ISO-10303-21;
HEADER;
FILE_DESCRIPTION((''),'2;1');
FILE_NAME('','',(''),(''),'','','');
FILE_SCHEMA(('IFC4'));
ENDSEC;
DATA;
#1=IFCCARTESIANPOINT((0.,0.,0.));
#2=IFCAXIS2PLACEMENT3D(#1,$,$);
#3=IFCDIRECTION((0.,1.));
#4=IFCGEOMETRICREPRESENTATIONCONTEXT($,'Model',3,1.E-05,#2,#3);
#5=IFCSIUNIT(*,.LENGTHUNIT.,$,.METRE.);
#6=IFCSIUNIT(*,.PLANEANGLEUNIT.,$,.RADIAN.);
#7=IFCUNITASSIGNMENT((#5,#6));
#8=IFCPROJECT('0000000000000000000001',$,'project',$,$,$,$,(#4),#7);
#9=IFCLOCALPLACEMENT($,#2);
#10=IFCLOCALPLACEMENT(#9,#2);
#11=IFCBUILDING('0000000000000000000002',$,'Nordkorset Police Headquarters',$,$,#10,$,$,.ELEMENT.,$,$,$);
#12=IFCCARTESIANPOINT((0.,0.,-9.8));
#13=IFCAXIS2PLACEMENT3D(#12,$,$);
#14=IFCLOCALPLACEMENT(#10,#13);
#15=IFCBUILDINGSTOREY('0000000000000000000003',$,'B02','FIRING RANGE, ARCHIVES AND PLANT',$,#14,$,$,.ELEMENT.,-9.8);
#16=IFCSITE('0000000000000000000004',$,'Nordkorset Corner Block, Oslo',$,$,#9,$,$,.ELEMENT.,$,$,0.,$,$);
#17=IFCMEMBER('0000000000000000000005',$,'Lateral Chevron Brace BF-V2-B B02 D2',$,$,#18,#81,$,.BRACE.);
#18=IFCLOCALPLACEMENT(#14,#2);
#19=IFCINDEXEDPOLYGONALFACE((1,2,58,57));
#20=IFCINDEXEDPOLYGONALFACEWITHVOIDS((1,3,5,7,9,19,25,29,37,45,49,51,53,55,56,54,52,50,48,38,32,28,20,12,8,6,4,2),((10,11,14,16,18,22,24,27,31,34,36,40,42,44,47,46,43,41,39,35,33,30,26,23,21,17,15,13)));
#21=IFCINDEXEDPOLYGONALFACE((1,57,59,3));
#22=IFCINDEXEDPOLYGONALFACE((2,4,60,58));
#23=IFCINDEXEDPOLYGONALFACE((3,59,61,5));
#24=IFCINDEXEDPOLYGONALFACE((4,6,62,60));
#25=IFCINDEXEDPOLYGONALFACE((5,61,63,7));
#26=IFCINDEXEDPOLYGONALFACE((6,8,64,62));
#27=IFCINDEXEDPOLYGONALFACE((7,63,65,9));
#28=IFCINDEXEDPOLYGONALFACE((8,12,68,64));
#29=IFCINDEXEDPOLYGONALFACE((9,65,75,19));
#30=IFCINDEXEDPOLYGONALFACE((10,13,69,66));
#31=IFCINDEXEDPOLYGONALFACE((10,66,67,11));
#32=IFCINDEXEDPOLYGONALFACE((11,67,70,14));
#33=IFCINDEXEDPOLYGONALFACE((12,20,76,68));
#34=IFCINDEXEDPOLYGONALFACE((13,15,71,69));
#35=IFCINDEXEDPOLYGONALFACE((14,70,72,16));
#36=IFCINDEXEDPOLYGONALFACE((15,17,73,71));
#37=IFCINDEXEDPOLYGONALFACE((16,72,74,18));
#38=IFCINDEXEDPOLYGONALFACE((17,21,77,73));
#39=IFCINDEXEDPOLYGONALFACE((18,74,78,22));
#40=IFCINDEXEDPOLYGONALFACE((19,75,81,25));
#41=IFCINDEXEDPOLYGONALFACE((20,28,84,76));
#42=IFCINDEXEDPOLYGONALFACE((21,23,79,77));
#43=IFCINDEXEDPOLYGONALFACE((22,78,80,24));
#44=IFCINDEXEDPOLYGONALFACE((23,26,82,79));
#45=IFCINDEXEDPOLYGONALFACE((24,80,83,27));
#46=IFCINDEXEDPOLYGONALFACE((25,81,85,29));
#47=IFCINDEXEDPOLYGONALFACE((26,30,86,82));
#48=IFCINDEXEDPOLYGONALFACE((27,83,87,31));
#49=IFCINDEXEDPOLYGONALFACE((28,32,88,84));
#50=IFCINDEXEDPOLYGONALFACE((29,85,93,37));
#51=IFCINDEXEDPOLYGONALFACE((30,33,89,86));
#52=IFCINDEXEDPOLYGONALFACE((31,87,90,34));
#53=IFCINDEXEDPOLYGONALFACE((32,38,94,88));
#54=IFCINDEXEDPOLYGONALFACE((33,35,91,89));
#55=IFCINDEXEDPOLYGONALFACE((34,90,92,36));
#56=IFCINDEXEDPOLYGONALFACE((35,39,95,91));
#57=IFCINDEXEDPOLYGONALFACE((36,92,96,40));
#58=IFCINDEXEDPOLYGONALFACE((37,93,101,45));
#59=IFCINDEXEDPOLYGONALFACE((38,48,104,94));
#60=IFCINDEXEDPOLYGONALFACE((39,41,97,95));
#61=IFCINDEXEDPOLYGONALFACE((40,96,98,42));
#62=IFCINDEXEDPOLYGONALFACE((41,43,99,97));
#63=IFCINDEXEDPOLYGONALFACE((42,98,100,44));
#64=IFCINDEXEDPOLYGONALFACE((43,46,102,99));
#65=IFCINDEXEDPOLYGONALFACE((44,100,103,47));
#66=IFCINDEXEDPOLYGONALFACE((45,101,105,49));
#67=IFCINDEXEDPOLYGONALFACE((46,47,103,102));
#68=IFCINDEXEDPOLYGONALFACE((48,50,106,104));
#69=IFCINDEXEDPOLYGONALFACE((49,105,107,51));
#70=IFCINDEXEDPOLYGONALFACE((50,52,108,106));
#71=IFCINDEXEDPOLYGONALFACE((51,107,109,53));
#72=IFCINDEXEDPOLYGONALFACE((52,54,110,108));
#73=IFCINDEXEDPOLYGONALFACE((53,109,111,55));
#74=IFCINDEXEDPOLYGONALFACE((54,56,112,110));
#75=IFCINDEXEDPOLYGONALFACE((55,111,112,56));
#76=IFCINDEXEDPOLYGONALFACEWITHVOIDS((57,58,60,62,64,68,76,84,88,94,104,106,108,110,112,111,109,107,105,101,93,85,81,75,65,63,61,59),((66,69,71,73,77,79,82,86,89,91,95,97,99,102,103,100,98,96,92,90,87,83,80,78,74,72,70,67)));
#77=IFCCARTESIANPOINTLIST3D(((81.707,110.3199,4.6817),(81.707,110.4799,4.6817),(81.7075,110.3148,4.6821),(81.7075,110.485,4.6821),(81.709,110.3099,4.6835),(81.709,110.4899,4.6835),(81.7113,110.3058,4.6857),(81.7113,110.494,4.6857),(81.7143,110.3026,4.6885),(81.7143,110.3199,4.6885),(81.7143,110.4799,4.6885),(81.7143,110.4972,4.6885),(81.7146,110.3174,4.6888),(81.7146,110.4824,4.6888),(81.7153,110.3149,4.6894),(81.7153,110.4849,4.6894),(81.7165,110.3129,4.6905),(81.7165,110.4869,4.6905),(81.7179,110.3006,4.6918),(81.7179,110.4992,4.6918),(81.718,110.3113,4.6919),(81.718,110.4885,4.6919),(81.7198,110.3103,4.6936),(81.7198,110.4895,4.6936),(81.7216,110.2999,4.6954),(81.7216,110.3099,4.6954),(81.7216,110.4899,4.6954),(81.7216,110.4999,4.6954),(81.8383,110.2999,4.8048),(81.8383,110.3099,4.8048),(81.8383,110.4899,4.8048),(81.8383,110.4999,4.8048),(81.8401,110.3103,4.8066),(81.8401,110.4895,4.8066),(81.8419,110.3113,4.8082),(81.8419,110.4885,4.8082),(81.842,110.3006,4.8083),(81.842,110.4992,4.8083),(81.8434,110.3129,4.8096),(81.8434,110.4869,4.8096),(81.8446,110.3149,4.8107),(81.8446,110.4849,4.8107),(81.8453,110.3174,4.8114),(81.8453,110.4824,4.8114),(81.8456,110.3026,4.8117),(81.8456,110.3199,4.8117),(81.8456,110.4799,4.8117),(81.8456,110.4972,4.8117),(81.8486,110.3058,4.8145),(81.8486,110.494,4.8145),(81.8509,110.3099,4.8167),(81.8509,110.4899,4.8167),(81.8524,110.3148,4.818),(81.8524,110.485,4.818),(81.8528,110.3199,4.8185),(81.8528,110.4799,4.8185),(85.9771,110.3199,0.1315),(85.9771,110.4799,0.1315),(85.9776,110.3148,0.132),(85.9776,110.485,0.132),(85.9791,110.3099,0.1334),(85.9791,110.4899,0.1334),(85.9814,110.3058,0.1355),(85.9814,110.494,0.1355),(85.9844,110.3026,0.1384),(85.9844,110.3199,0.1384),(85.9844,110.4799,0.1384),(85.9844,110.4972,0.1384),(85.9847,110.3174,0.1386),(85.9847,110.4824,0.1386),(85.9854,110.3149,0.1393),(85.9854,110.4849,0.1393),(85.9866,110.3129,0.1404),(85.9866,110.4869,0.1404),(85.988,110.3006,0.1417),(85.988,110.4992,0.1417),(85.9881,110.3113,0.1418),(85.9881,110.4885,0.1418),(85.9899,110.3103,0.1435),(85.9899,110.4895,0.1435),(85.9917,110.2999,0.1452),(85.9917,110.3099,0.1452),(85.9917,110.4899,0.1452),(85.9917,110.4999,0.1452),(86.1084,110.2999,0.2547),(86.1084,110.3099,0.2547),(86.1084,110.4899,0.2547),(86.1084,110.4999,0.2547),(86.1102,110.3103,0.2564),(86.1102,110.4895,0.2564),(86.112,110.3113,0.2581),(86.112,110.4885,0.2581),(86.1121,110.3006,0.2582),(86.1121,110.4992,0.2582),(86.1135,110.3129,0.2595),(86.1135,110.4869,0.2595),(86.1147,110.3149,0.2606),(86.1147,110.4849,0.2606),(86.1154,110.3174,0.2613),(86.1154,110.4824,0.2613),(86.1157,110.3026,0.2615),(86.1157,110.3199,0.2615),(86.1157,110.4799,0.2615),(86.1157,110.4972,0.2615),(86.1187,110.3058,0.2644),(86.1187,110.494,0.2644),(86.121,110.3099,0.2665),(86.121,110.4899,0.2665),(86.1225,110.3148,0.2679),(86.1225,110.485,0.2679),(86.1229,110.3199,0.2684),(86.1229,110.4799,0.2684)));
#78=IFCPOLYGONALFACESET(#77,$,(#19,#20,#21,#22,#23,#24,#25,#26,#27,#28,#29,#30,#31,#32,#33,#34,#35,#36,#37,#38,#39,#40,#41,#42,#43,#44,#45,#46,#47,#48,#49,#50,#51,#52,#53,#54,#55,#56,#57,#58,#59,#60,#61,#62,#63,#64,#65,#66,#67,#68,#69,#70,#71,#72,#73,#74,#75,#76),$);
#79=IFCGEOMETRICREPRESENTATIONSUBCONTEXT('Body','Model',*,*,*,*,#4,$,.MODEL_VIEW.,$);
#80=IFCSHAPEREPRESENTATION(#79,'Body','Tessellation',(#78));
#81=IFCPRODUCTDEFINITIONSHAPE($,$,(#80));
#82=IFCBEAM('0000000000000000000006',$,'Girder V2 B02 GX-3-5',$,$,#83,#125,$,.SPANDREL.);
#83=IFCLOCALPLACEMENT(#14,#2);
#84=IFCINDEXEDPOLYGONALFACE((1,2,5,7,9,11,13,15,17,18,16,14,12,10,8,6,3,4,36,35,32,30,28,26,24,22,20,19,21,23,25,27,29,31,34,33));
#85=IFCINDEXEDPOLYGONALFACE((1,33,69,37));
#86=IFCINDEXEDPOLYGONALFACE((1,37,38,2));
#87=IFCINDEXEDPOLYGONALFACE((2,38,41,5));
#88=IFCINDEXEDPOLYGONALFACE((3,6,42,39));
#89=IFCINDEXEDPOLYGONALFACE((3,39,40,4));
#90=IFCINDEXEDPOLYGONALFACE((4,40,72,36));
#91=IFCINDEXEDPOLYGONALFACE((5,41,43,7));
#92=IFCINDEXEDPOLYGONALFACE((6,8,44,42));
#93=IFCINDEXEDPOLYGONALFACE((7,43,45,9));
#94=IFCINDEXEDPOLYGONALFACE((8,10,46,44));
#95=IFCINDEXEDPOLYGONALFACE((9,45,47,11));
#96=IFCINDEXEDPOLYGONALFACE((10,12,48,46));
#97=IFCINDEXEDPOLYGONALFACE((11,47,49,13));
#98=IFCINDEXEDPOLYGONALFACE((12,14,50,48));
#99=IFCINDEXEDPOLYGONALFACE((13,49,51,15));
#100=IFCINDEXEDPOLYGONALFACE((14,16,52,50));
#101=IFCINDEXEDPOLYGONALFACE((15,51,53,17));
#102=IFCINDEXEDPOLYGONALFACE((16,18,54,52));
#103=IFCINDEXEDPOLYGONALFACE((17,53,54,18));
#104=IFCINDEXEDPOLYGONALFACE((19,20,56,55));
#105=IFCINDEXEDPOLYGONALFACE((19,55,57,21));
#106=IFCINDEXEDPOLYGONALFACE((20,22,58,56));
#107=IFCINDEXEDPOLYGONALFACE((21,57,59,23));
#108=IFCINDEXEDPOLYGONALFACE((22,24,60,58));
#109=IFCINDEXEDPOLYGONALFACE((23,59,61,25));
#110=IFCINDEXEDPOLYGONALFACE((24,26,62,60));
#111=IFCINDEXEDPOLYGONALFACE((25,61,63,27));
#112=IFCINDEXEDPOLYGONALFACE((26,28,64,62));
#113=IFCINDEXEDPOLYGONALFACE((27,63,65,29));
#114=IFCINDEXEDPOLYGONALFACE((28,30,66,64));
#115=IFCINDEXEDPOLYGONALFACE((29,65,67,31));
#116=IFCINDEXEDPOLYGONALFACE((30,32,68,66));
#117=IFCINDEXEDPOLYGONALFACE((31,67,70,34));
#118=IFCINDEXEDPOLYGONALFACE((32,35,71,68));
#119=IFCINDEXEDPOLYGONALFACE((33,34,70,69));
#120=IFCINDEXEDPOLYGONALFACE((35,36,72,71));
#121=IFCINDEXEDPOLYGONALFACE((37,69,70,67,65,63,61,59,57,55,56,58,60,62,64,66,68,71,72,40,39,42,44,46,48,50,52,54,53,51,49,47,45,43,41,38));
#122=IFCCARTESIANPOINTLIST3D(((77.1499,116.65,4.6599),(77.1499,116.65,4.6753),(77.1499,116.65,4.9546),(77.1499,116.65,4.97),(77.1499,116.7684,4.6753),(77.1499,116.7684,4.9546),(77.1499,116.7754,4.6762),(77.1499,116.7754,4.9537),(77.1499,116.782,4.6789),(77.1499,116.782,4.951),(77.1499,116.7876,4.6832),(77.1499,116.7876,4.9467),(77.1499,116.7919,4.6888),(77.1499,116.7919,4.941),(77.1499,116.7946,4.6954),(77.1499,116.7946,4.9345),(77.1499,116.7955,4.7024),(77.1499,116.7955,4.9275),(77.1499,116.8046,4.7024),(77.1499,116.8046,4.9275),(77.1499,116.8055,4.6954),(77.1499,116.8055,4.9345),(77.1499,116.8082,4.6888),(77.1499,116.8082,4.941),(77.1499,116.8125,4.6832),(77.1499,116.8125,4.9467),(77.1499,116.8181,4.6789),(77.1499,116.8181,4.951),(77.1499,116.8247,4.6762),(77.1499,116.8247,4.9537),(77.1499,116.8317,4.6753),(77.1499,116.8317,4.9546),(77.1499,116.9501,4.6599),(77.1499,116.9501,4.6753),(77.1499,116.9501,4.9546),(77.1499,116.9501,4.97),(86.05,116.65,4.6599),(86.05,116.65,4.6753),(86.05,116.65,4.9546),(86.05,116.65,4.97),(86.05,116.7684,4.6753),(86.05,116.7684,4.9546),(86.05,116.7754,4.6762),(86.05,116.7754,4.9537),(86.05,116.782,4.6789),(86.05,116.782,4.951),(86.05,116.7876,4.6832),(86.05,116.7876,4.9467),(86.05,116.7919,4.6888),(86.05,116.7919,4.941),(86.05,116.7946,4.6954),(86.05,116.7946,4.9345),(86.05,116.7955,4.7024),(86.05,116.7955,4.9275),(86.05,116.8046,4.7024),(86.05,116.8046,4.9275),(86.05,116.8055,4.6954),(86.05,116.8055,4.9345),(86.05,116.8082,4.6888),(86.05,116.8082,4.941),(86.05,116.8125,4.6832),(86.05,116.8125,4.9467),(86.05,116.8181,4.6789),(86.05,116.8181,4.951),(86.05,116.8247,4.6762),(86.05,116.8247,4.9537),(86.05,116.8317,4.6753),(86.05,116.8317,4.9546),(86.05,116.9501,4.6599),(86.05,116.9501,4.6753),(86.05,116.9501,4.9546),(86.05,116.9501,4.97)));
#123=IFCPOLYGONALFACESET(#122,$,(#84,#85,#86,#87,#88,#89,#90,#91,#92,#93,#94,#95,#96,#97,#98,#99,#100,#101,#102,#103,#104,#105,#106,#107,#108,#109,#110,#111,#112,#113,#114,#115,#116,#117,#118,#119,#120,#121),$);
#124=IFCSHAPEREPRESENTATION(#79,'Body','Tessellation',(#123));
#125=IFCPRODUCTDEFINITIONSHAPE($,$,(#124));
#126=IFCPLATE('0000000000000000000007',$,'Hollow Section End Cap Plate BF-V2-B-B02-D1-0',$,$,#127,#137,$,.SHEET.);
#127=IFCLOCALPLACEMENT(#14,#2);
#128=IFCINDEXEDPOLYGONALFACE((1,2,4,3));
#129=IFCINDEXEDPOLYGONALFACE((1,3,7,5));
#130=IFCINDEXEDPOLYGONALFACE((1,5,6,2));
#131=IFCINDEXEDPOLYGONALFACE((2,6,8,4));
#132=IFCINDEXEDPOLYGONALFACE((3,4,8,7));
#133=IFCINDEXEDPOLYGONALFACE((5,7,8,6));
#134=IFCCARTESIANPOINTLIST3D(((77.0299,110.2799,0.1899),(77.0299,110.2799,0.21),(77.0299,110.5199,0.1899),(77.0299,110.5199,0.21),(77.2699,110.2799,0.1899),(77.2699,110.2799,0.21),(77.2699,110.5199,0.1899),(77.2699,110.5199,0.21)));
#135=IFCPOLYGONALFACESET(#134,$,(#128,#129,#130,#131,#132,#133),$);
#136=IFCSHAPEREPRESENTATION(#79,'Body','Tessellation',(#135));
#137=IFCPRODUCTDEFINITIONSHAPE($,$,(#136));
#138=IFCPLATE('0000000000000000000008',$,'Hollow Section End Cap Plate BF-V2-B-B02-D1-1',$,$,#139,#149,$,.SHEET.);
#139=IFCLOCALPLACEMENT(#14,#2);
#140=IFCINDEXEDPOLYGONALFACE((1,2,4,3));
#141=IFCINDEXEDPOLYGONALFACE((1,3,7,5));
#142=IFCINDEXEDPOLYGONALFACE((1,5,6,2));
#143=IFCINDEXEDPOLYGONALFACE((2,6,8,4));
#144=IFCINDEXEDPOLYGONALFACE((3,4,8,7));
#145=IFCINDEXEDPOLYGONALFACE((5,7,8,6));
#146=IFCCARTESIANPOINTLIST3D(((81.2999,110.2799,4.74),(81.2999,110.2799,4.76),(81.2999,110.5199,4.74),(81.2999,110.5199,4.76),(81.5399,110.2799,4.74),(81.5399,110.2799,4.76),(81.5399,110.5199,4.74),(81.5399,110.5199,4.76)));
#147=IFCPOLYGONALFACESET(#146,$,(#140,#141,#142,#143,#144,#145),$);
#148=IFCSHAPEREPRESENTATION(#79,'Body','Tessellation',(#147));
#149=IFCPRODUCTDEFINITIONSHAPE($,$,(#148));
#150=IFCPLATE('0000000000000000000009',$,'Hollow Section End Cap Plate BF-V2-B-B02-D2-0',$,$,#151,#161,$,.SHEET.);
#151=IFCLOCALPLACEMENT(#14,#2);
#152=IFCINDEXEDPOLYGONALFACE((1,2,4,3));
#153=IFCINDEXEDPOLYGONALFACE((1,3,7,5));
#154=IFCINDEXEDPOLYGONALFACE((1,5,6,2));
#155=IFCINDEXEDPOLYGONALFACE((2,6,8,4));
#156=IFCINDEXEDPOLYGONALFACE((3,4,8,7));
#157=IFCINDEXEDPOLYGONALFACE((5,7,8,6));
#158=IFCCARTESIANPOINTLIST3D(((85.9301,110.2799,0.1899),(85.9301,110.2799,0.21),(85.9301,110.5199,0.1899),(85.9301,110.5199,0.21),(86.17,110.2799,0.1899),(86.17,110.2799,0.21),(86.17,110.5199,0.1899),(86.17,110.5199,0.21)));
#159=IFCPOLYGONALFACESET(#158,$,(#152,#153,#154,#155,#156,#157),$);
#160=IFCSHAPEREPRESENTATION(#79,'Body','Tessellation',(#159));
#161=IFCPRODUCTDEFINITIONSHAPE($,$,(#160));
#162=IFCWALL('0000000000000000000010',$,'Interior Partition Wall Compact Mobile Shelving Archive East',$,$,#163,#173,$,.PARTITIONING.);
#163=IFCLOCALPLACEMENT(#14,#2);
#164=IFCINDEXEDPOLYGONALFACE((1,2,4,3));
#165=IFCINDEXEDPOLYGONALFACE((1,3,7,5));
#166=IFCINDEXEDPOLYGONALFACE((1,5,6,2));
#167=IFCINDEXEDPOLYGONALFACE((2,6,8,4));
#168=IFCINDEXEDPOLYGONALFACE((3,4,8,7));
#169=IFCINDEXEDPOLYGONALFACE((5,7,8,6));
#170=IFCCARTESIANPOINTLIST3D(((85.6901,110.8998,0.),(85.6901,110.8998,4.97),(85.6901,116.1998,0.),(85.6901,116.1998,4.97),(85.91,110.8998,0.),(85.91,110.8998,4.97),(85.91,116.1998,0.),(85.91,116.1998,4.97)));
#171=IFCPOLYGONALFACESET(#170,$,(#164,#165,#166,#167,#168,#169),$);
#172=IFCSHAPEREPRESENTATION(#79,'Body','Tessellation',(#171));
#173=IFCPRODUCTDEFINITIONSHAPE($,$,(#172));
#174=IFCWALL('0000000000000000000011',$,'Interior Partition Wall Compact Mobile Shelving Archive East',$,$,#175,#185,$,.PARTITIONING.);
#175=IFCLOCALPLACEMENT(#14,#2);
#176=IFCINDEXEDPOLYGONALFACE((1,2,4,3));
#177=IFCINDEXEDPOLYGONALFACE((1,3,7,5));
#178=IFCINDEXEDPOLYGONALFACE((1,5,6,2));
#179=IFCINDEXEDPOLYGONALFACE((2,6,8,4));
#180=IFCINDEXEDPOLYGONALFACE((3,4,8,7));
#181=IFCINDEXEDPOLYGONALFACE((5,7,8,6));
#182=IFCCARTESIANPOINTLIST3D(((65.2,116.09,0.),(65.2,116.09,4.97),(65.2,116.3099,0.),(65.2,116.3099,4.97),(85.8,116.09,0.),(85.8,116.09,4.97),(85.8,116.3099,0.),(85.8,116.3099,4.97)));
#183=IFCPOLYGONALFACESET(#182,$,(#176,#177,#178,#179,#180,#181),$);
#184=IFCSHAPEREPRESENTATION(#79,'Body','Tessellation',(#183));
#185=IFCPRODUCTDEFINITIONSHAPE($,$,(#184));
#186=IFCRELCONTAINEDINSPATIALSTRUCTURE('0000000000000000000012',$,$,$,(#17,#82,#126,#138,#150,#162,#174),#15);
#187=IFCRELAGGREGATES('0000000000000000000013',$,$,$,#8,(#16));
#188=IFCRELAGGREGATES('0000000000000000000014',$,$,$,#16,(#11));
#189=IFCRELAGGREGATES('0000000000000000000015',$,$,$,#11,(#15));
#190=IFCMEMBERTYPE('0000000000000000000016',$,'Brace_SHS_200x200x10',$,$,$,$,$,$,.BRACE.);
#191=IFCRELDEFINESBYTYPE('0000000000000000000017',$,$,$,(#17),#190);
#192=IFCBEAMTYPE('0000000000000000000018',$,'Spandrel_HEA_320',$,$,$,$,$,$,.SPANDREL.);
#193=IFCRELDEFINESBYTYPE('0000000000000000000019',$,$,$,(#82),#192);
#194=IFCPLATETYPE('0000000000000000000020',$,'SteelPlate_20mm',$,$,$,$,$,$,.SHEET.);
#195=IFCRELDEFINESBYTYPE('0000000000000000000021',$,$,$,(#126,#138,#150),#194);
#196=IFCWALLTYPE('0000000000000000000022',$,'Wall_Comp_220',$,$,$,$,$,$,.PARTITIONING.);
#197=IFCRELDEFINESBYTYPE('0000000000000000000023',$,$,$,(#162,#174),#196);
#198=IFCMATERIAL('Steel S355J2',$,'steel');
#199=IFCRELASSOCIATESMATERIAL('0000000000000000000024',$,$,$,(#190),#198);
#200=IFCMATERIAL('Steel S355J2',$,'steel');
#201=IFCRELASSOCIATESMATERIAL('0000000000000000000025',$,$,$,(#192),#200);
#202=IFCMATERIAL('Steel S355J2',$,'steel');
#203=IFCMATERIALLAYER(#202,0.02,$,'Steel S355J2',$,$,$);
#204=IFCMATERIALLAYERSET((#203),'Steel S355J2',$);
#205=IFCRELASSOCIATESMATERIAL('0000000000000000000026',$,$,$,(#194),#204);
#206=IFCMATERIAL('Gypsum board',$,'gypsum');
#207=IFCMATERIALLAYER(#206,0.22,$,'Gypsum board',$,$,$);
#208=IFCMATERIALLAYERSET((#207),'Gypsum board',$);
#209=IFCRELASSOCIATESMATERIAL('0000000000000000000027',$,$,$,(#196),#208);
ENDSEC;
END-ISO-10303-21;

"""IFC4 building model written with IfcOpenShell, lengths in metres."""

from ifc_helpers import new_model, si_unit, direction, frame, frame_2d, origin, origin_2d, place, context, subcontext, project, spatial, rectangle, hollow_rectangle, i_section, extrude, material, layer, layer_set, material_profile, profile_set, type_object, element, save


model = new_model("IFC4")

# Units and contexts
model_context = context("Model", 3, precision=1e-05, world=origin(), true_north=direction((0.0, 1.0)))
body_context = subcontext(model_context, "Body", "Model", "MODEL_VIEW")
ifc_project = project(units=[si_unit("LENGTHUNIT", "METRE"), si_unit("PLANEANGLEUNIT", "RADIAN")], contexts=[model_context])

# Site, building, storey
site_placement = place(None, origin())
site = spatial("IfcSite", under=ifc_project, at=site_placement, Name="Nordkorset Corner Block, Oslo", CompositionType="ELEMENT", RefElevation=0.0)
building_placement = place(site_placement, origin())
building = spatial("IfcBuilding", under=site, at=building_placement, Name="Nordkorset Police Headquarters", CompositionType="ELEMENT")
storey_placement = place(building_placement, frame((0.0, 0.0, -9.8)))
storey = spatial("IfcBuildingStorey", under=building, at=storey_placement, Name="B02", Description="FIRING RANGE, ARCHIVES AND PLANT", CompositionType="ELEMENT", Elevation=-9.8)

# Member
ifc_material_1 = material(Name="Steel S355J2", Category="steel")
ifc_material_profile_1 = material_profile(ifc_material_1, hollow_rectangle(XDim=0.2, YDim=0.2, WallThickness=0.01, InnerFilletRadius=0.01, OuterFilletRadius=0.02, at=origin_2d()), Name="SHS 200x200x10")
ifc_profile_set_1 = profile_set([ifc_material_profile_1], Name="Steel S355J2")
member_type = type_object("IfcMemberType", Name="Brace_SHS_200x200x10", PredefinedType="BRACE", material=ifc_profile_set_1)
for number, where, z_axis, x_axis, name in (
    (1, (86.05, 110.3999, 0.2), (-0.684312, 0.0, 0.729189), (0.0, -1.0, 0.0), "Lateral Chevron Brace BF-V2-B B02 D2"),
):
    element("IfcMember", number, at=place(storey_placement, frame(where, z_axis=z_axis, x_axis=x_axis)), inside=storey, type_object=member_type, Name=name, PredefinedType="BRACE", context=body_context, shape_type="SweptSolid", body=[
        extrude(hollow_rectangle(XDim=0.2, YDim=0.2, WallThickness=0.01, InnerFilletRadius=0.01, OuterFilletRadius=0.02, at=origin_2d()), origin(), (0.0, 0.0, 1.0), 6.24),
    ])

# Beam
ifc_material_2 = material(Name="Steel S355J2", Category="steel")
ifc_material_profile_2 = material_profile(ifc_material_2, i_section(OverallWidth=0.3, OverallDepth=0.3101, WebThickness=0.009, FlangeThickness=0.0154, FilletRadius=0.0271, at=origin_2d()), Name="HEA 320")
ifc_profile_set_2 = profile_set([ifc_material_profile_2], Name="Steel S355J2")
beam_type = type_object("IfcBeamType", Name="Spandrel_HEA_320", PredefinedType="SPANDREL", material=ifc_profile_set_2)
beam_placement = place(storey_placement, frame((77.1499, 116.8, 4.8149), z_axis=(1.0, 0.0, 0.0), x_axis=(0.0, 1.0, 0.0)))
element("IfcBeam", 2, at=beam_placement, inside=storey, type_object=beam_type, Name="Girder V2 B02 GX-3-5", PredefinedType="SPANDREL", context=body_context, shape_type="SweptSolid", body=[
    extrude(i_section(OverallWidth=0.3, OverallDepth=0.3101, WebThickness=0.009, FlangeThickness=0.0154, FilletRadius=0.0271, at=origin_2d()), origin(), (0.0, 0.0, 1.0), 8.9001),
])

# Plates
ifc_material_3 = material(Name="Steel S355J2", Category="steel")
ifc_layer_1 = layer(ifc_material_3, 0.02, Name="Steel S355J2")
ifc_layer_set_1 = layer_set([ifc_layer_1], Name="Steel S355J2")
plate_type = type_object("IfcPlateType", Name="SteelPlate_20mm", PredefinedType="SHEET", material=ifc_layer_set_1)
for number, where, z_axis, x_axis, name in (
    (3, (77.1499, 110.3999, 0.1899), (0.0, 0.0, 1.0), (1.0, 0.0, 0.0), "Hollow Section End Cap Plate BF-V2-B-B02-D1-0"),
    (4, (81.4199, 110.3999, 4.74), (0.0, 0.0, 1.0), (1.0, 0.0, 0.0), "Hollow Section End Cap Plate BF-V2-B-B02-D1-1"),
    (5, (86.05, 110.3999, 0.1899), (0.0, 0.0, 1.0), (1.0, 0.0, 0.0), "Hollow Section End Cap Plate BF-V2-B-B02-D2-0"),
):
    element("IfcPlate", number, at=place(storey_placement, frame(where, z_axis=z_axis, x_axis=x_axis)), inside=storey, type_object=plate_type, Name=name, PredefinedType="SHEET", context=body_context, shape_type="SweptSolid", body=[
        extrude(rectangle(XDim=0.24, YDim=0.24, at=origin_2d()), origin(), (0.0, 0.0, 1.0), 0.02),
    ])

# Walls
ifc_material_4 = material(Name="Gypsum board", Category="gypsum")
ifc_layer_2 = layer(ifc_material_4, 0.22, Name="Gypsum board")
ifc_layer_set_2 = layer_set([ifc_layer_2], Name="Gypsum board")
wall_type_1 = type_object("IfcWallType", Name="Wall_Comp_220", PredefinedType="PARTITIONING", material=ifc_layer_set_2)
wall_1_placement = place(storey_placement, frame((85.8, 110.8999, 0.0), z_axis=(0.0, 0.0, 1.0), x_axis=(0.0, 1.0, 0.0)))
element("IfcWall", 6, at=wall_1_placement, inside=storey, type_object=wall_type_1, Name="Interior Partition Wall Compact Mobile Shelving Archive East", PredefinedType="PARTITIONING", context=body_context, shape_type="SweptSolid", body=[
    extrude(rectangle(XDim=5.3, YDim=0.22, at=frame_2d((2.6499, 0.0))), origin(), (0.0, 0.0, 1.0), 4.97),
])
wall_2_placement = place(storey_placement, frame((85.8, 116.2, 0.0), z_axis=(0.0, 0.0, 1.0), x_axis=(-1.0, 0.0, 0.0)))
element("IfcWall", 7, at=wall_2_placement, inside=storey, type_object=wall_type_1, Name="Interior Partition Wall Compact Mobile Shelving Archive East", PredefinedType="PARTITIONING", context=body_context, shape_type="SweptSolid", body=[
    extrude(rectangle(XDim=20.6001, YDim=0.22, at=frame_2d((10.3, 0.0))), origin(), (0.0, 0.0, 1.0), 4.97),
])

save(model, "model.ifc")
